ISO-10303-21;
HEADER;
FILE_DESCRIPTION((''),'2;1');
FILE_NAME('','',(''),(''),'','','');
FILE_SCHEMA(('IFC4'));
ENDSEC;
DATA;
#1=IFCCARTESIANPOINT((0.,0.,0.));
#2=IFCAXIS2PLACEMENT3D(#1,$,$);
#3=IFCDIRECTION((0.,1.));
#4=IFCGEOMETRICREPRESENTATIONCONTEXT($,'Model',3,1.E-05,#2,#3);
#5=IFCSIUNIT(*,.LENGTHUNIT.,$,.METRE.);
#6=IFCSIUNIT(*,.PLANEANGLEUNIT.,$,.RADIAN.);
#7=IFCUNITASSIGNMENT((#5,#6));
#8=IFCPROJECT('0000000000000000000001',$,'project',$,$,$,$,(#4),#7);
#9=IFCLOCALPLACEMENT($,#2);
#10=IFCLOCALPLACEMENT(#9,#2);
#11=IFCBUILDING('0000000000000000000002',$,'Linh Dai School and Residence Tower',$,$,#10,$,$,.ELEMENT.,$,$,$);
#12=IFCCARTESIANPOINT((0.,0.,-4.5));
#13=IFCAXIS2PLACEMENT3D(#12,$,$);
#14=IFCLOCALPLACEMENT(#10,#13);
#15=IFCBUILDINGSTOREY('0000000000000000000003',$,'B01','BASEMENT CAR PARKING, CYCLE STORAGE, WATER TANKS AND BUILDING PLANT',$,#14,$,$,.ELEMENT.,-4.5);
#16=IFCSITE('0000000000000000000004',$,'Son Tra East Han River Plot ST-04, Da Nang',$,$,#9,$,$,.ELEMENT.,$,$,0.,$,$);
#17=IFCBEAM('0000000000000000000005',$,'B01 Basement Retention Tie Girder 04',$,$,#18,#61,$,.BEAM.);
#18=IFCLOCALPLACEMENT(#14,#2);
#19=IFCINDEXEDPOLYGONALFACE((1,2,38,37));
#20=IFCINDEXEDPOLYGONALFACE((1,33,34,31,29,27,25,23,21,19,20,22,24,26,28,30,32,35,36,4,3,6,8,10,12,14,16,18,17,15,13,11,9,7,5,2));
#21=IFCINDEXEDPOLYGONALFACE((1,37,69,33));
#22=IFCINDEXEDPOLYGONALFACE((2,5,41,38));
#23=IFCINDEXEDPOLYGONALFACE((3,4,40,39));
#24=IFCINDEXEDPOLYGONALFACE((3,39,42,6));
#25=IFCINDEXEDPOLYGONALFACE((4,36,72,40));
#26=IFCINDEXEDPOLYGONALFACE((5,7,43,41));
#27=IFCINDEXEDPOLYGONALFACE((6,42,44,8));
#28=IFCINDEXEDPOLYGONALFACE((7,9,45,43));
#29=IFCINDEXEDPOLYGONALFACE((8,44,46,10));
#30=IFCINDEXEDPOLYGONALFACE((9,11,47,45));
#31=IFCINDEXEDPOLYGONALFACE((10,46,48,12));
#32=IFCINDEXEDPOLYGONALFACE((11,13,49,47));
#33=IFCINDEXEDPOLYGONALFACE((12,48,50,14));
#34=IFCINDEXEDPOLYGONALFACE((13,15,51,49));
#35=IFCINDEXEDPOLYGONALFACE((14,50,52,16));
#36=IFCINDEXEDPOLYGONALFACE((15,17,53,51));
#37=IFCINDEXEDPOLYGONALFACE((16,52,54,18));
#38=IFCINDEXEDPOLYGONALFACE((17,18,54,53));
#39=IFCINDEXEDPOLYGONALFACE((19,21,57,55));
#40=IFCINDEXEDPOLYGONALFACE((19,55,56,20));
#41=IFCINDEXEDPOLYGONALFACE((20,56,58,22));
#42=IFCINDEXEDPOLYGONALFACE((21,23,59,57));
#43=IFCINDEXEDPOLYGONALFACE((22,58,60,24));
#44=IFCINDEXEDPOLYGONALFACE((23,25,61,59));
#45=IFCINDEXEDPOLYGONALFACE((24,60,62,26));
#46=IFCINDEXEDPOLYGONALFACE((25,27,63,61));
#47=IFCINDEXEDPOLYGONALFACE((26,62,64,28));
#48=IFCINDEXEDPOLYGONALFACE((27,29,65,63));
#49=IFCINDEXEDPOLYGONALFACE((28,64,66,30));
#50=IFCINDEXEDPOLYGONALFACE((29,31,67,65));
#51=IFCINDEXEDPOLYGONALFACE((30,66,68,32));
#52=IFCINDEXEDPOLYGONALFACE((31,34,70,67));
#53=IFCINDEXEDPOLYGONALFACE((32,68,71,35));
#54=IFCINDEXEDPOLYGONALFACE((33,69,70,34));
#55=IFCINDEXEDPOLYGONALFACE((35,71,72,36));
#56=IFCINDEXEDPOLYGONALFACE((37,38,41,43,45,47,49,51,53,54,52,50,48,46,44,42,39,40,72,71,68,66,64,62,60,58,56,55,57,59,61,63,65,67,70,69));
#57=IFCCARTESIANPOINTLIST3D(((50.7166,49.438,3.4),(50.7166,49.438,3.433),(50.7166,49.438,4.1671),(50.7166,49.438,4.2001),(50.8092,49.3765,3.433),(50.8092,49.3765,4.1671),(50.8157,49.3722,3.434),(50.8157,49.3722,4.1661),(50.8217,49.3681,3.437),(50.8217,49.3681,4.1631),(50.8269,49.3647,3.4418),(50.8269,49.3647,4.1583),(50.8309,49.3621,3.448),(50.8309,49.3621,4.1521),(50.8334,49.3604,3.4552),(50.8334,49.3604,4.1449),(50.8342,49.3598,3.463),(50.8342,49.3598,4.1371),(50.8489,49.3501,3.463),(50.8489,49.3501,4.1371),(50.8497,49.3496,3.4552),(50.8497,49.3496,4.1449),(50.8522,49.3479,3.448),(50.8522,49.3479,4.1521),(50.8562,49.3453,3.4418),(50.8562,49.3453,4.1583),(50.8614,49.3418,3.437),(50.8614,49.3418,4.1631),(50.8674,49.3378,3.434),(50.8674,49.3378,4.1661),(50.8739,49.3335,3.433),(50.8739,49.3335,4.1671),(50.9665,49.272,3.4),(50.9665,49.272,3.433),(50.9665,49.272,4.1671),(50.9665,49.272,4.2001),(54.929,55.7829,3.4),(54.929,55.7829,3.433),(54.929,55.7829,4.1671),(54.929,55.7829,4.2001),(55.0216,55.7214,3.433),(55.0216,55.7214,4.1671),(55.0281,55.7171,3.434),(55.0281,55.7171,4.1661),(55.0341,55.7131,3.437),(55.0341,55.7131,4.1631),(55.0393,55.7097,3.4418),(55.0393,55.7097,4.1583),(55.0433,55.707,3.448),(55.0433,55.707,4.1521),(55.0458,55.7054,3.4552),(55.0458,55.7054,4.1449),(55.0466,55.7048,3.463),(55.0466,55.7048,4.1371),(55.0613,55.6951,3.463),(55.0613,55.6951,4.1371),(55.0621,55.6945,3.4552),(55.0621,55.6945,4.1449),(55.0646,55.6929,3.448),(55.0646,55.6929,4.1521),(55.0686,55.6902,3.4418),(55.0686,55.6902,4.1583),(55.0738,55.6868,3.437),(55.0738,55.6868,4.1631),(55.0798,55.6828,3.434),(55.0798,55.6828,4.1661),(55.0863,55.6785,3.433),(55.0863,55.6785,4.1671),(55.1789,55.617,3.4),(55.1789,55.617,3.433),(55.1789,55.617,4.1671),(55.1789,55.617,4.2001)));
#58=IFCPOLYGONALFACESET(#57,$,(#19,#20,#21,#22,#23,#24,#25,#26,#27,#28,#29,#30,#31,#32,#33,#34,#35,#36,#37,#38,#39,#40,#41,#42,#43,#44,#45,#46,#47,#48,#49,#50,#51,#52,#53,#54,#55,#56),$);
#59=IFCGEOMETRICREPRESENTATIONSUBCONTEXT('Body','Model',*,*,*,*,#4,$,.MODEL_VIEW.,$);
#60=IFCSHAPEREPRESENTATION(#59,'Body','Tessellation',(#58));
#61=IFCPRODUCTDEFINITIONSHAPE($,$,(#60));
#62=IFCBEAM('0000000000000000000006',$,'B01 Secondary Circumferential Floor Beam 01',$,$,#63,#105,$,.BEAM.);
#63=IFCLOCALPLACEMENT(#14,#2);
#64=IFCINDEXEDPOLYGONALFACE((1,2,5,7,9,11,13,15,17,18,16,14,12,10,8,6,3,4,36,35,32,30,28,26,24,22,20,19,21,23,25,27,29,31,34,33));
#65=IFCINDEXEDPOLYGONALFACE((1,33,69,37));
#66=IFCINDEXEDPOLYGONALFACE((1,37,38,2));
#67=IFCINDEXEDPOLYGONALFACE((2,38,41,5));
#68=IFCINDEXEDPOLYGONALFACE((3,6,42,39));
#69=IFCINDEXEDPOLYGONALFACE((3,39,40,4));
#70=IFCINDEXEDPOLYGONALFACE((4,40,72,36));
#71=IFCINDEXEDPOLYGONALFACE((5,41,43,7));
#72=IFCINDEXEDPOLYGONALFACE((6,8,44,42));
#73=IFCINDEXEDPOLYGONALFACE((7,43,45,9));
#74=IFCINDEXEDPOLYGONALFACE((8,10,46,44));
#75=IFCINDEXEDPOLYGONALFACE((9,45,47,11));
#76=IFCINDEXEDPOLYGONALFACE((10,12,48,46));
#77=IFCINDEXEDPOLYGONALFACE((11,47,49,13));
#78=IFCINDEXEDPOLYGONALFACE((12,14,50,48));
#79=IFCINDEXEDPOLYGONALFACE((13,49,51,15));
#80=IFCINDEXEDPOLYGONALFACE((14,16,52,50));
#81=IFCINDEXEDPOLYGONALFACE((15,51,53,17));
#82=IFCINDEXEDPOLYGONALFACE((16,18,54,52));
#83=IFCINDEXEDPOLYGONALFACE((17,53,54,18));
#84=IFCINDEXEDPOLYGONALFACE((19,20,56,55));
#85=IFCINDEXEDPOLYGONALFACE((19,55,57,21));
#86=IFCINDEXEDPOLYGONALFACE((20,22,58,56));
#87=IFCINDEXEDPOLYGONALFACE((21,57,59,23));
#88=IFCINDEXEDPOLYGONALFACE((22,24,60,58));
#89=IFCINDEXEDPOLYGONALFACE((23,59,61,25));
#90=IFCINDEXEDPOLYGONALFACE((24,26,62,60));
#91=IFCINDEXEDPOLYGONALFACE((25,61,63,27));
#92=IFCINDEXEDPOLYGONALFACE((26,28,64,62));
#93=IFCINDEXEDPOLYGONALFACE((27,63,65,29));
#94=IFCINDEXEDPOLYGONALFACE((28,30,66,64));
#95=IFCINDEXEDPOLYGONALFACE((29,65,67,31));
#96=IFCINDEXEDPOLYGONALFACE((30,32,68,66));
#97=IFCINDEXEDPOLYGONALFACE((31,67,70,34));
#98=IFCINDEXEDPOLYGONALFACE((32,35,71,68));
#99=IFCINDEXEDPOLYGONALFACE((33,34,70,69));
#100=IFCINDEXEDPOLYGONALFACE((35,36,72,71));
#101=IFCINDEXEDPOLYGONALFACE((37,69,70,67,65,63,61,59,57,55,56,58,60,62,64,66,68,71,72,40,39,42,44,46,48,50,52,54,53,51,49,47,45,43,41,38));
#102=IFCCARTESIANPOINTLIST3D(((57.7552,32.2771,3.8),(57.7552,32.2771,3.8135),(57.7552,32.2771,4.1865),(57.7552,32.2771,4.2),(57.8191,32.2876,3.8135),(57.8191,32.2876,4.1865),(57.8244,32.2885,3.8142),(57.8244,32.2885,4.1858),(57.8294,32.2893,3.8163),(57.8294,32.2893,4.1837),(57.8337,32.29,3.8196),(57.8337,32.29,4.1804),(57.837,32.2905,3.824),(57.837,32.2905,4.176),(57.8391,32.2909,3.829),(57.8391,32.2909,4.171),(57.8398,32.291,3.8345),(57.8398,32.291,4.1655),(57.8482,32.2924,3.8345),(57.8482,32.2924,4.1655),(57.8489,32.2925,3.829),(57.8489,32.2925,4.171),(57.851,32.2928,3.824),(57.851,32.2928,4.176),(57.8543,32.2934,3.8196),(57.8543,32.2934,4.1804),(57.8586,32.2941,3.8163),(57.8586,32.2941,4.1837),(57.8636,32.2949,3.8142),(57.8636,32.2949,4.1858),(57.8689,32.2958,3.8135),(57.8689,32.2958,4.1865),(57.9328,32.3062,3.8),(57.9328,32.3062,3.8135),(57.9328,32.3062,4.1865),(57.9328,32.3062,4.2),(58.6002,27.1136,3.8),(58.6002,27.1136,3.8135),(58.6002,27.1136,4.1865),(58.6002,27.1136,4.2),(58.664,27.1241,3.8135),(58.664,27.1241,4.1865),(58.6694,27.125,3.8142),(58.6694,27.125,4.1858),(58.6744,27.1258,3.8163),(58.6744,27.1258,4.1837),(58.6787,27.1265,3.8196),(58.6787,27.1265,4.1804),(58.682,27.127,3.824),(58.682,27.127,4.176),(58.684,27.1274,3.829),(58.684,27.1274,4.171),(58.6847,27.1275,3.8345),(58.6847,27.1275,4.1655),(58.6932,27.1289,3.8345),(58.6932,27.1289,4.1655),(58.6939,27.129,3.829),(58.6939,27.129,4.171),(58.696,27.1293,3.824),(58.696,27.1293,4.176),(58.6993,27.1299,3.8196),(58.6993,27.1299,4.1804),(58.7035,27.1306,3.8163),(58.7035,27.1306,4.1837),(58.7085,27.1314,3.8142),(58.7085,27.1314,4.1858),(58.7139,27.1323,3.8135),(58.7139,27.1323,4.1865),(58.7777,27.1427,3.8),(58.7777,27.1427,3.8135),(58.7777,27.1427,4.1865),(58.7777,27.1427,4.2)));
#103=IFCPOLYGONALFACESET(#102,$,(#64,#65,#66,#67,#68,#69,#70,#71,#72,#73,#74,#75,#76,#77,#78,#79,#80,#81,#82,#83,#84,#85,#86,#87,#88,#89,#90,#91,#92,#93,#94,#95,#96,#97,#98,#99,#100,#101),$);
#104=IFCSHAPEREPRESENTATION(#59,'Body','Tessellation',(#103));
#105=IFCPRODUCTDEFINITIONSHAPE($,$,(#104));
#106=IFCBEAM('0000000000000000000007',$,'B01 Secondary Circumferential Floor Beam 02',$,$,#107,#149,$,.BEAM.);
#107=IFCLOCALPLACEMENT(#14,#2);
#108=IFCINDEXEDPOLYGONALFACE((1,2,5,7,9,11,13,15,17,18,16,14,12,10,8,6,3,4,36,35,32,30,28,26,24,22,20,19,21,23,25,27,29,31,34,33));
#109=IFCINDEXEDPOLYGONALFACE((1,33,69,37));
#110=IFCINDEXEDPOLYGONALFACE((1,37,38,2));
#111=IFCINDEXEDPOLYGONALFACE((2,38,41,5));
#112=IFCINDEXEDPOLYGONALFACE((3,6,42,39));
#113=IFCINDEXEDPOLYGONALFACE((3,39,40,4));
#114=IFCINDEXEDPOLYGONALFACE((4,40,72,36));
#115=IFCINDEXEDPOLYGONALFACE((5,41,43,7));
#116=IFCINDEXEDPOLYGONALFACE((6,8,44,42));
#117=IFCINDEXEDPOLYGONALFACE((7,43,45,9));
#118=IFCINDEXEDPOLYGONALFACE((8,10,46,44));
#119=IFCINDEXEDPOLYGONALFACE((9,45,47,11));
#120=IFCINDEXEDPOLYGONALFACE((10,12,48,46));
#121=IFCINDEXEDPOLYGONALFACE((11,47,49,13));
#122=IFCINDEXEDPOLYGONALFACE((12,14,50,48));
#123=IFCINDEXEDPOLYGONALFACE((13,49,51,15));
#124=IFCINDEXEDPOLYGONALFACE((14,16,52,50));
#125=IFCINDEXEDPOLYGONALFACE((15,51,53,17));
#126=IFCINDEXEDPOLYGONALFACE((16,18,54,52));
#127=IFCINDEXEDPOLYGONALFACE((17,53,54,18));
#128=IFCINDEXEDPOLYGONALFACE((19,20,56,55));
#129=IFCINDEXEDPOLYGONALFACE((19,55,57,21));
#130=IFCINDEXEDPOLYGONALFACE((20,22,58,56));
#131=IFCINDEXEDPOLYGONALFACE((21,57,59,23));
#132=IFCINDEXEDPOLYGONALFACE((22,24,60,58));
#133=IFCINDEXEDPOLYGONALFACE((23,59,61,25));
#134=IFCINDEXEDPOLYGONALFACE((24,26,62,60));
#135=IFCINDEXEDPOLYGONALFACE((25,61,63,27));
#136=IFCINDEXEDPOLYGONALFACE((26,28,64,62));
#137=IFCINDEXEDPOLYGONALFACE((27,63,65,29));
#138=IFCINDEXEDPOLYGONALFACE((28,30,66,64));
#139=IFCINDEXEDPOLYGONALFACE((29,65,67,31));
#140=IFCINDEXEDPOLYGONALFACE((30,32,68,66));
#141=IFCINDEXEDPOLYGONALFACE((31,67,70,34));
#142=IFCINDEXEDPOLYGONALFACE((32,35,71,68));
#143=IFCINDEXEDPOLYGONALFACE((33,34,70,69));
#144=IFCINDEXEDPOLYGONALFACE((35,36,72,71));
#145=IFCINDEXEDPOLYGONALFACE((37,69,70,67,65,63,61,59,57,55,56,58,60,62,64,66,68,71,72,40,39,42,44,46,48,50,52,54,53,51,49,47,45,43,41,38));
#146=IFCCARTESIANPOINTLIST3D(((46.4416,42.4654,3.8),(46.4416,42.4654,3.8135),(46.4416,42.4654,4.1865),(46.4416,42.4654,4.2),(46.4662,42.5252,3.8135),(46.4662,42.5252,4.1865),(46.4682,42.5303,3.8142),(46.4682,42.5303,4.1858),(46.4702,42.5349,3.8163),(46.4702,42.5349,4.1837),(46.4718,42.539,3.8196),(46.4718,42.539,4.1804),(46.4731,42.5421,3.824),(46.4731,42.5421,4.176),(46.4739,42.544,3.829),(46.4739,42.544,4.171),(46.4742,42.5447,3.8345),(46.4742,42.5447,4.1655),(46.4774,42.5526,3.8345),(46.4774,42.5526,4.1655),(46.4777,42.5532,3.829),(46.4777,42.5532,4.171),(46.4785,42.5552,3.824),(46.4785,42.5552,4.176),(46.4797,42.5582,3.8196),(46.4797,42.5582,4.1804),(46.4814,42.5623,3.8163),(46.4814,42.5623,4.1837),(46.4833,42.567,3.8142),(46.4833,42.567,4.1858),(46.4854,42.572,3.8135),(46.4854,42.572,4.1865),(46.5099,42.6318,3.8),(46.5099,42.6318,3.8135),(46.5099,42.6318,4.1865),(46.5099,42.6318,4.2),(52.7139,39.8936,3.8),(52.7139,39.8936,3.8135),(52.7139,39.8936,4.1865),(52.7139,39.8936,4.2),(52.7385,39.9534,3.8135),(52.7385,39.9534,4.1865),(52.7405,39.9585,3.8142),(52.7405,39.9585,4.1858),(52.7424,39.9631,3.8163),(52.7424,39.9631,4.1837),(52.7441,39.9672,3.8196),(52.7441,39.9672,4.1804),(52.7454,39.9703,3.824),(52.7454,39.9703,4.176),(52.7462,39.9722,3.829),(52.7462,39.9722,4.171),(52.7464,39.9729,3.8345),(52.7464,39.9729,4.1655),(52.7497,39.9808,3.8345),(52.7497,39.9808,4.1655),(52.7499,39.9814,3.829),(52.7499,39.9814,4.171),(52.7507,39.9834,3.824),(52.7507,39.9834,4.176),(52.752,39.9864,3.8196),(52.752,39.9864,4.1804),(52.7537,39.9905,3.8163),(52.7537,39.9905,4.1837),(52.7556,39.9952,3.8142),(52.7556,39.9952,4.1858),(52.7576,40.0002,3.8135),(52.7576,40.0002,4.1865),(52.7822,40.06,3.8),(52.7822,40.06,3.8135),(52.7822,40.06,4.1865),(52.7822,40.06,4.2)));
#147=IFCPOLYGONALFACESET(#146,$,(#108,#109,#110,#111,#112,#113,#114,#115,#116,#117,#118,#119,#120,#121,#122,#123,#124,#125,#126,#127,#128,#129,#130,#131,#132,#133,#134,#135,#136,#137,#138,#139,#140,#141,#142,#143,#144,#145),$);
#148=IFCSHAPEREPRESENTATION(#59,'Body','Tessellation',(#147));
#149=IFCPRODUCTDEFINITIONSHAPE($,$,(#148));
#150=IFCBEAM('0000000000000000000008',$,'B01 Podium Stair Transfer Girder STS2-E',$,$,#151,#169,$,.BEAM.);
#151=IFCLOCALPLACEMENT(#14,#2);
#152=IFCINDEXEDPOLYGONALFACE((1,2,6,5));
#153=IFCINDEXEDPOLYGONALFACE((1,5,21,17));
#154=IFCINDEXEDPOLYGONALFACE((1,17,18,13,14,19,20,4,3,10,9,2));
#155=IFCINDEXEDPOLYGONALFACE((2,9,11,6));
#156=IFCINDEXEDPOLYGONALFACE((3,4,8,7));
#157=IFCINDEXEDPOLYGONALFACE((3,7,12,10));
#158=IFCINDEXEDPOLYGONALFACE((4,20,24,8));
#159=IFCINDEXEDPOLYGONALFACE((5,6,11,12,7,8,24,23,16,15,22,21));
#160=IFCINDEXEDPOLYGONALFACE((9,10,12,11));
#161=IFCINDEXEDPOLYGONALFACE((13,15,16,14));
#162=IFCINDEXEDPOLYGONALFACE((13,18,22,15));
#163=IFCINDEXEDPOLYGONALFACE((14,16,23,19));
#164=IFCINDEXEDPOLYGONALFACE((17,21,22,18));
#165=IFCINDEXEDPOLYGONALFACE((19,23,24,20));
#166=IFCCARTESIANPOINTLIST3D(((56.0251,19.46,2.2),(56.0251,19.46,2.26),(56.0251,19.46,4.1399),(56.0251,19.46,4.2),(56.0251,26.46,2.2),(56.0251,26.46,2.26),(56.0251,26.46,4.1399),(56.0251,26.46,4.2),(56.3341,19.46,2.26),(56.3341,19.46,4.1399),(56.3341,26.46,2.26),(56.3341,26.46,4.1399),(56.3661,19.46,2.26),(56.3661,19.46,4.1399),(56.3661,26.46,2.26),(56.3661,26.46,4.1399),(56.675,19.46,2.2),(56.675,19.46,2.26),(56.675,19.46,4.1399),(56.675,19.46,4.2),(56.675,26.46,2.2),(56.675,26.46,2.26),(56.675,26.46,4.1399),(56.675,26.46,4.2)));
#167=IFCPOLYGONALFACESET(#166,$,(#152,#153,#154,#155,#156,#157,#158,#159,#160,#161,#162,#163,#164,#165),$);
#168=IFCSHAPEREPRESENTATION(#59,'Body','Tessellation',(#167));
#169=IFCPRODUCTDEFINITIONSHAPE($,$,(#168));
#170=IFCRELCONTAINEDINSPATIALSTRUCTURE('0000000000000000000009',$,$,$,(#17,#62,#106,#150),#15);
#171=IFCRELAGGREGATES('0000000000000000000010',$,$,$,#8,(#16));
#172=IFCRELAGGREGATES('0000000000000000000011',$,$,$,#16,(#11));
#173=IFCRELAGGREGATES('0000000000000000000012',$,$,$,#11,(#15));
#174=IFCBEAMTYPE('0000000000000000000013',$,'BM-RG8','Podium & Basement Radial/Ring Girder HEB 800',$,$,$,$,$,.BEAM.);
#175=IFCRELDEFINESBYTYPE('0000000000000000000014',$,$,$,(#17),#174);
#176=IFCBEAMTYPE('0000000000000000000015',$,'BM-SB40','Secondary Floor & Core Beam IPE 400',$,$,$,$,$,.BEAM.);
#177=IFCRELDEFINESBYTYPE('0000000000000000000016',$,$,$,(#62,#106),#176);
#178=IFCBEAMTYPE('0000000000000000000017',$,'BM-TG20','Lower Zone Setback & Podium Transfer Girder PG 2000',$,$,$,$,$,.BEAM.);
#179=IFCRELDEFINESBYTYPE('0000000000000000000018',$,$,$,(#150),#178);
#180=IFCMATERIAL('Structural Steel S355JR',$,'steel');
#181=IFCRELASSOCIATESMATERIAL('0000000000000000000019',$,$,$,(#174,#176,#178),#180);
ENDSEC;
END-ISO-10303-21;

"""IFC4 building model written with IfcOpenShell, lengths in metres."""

from ifc_helpers import new_model, si_unit, direction, frame, origin, origin_2d, place, context, subcontext, project, spatial, i_section, extrude, material, material_profile, profile_set, type_object, element, save


model = new_model("IFC4")

# Units and contexts
model_context = context("Model", 3, precision=1e-05, world=origin(), true_north=direction((0.0, 1.0)))
body_context = subcontext(model_context, "Body", "Model", "MODEL_VIEW")
ifc_project = project(units=[si_unit("LENGTHUNIT", "METRE"), si_unit("PLANEANGLEUNIT", "RADIAN")], contexts=[model_context])

# Site, building, storey
site_placement = place(None, origin())
site = spatial("IfcSite", under=ifc_project, at=site_placement, Name="Son Tra East Han River Plot ST-04, Da Nang", CompositionType="ELEMENT", RefElevation=0.0)
building_placement = place(site_placement, origin())
building = spatial("IfcBuilding", under=site, at=building_placement, Name="Linh Dai School and Residence Tower", CompositionType="ELEMENT")
storey_placement = place(building_placement, frame((0.0, 0.0, -4.5)))
storey = spatial("IfcBuildingStorey", under=building, at=storey_placement, Name="B01", Description="BASEMENT CAR PARKING, CYCLE STORAGE, WATER TANKS AND BUILDING PLANT", CompositionType="ELEMENT", Elevation=-4.5)

# Shared definitions
ifc_material_1 = material(Name="Structural Steel S355JR", Category="steel")

# Beams
ifc_material_profile_1 = material_profile(ifc_material_1, i_section(OverallWidth=0.3, OverallDepth=0.8, WebThickness=0.0176, FlangeThickness=0.033, FilletRadius=0.03, at=origin_2d()), Name="HEB 800")
ifc_profile_set_1 = profile_set([ifc_material_profile_1], Name="Structural Steel S355JR")
beam_type_1 = type_object("IfcBeamType", Name="BM-RG8", Description="Podium & Basement Radial/Ring Girder HEB 800", PredefinedType="BEAM", material=ifc_profile_set_1)
beam_1_placement = place(storey_placement, frame((50.8416, 49.355, 3.8), z_axis=(0.553101, 0.833114, 0.0), x_axis=(-0.833114, 0.553101, 0.0)))
element("IfcBeam", 1, at=beam_1_placement, inside=storey, type_object=beam_type_1, Name="B01 Basement Retention Tie Girder 04", PredefinedType="BEAM", context=body_context, shape_type="SweptSolid", body=[
    extrude(i_section(OverallWidth=0.3, OverallDepth=0.8, WebThickness=0.0176, FlangeThickness=0.033, FilletRadius=0.03, at=origin_2d()), origin(), (0.0, 0.0, 1.0), 7.616),
])
ifc_material_profile_2 = material_profile(ifc_material_1, i_section(OverallWidth=0.1799, OverallDepth=0.3999, WebThickness=0.0085, FlangeThickness=0.0134, FilletRadius=0.021, at=origin_2d()), Name="IPE 400")
ifc_profile_set_2 = profile_set([ifc_material_profile_2], Name="Structural Steel S355JR")
beam_type_2 = type_object("IfcBeamType", Name="BM-SB40", Description="Secondary Floor & Core Beam IPE 400", PredefinedType="BEAM", material=ifc_profile_set_2)
beam_2_placement = place(storey_placement, frame((58.689, 27.1282, 4.0), z_axis=(-0.161493, 0.986874, 0.0), x_axis=(-0.986874, -0.161493, 0.0)))
element("IfcBeam", 2, at=beam_2_placement, inside=storey, type_object=beam_type_2, Name="B01 Secondary Circumferential Floor Beam 01", PredefinedType="BEAM", context=body_context, shape_type="SweptSolid", body=[
    extrude(i_section(OverallWidth=0.1799, OverallDepth=0.3999, WebThickness=0.0085, FlangeThickness=0.0134, FilletRadius=0.021, at=origin_2d()), origin(), (0.0, 0.0, 1.0), 5.2322),
])
beam_3_placement = place(storey_placement, frame((52.748, 39.9768, 4.0), z_axis=(-0.925243, 0.379375, 0.0), x_axis=(-0.379375, -0.925243, 0.0)))
element("IfcBeam", 3, at=beam_3_placement, inside=storey, type_object=beam_type_2, Name="B01 Secondary Circumferential Floor Beam 02", PredefinedType="BEAM", context=body_context, shape_type="SweptSolid", body=[
    extrude(i_section(OverallWidth=0.1799, OverallDepth=0.3999, WebThickness=0.0085, FlangeThickness=0.0134, FilletRadius=0.021, at=origin_2d()), origin(), (0.0, 0.0, 1.0), 6.7791),
])
ifc_material_profile_3 = material_profile(ifc_material_1, i_section(OverallWidth=0.6499, OverallDepth=2.0, WebThickness=0.032, FlangeThickness=0.0601, at=origin_2d()), Name="PG 2000x650x32x60")
ifc_profile_set_3 = profile_set([ifc_material_profile_3], Name="Structural Steel S355JR")
beam_type_3 = type_object("IfcBeamType", Name="BM-TG20", Description="Lower Zone Setback & Podium Transfer Girder PG 2000", PredefinedType="BEAM", material=ifc_profile_set_3)
beam_4_placement = place(storey_placement, frame((56.3501, 26.46, 3.2), z_axis=(0.0, -1.0, 0.0), x_axis=(1.0, 0.0, 0.0)))
element("IfcBeam", 4, at=beam_4_placement, inside=storey, type_object=beam_type_3, Name="B01 Podium Stair Transfer Girder STS2-E", PredefinedType="BEAM", context=body_context, shape_type="SweptSolid", body=[
    extrude(i_section(OverallWidth=0.6499, OverallDepth=2.0, WebThickness=0.032, FlangeThickness=0.0601, at=origin_2d()), origin(), (0.0, 0.0, 1.0), 7.0),
])

save(model, "model.ifc")
